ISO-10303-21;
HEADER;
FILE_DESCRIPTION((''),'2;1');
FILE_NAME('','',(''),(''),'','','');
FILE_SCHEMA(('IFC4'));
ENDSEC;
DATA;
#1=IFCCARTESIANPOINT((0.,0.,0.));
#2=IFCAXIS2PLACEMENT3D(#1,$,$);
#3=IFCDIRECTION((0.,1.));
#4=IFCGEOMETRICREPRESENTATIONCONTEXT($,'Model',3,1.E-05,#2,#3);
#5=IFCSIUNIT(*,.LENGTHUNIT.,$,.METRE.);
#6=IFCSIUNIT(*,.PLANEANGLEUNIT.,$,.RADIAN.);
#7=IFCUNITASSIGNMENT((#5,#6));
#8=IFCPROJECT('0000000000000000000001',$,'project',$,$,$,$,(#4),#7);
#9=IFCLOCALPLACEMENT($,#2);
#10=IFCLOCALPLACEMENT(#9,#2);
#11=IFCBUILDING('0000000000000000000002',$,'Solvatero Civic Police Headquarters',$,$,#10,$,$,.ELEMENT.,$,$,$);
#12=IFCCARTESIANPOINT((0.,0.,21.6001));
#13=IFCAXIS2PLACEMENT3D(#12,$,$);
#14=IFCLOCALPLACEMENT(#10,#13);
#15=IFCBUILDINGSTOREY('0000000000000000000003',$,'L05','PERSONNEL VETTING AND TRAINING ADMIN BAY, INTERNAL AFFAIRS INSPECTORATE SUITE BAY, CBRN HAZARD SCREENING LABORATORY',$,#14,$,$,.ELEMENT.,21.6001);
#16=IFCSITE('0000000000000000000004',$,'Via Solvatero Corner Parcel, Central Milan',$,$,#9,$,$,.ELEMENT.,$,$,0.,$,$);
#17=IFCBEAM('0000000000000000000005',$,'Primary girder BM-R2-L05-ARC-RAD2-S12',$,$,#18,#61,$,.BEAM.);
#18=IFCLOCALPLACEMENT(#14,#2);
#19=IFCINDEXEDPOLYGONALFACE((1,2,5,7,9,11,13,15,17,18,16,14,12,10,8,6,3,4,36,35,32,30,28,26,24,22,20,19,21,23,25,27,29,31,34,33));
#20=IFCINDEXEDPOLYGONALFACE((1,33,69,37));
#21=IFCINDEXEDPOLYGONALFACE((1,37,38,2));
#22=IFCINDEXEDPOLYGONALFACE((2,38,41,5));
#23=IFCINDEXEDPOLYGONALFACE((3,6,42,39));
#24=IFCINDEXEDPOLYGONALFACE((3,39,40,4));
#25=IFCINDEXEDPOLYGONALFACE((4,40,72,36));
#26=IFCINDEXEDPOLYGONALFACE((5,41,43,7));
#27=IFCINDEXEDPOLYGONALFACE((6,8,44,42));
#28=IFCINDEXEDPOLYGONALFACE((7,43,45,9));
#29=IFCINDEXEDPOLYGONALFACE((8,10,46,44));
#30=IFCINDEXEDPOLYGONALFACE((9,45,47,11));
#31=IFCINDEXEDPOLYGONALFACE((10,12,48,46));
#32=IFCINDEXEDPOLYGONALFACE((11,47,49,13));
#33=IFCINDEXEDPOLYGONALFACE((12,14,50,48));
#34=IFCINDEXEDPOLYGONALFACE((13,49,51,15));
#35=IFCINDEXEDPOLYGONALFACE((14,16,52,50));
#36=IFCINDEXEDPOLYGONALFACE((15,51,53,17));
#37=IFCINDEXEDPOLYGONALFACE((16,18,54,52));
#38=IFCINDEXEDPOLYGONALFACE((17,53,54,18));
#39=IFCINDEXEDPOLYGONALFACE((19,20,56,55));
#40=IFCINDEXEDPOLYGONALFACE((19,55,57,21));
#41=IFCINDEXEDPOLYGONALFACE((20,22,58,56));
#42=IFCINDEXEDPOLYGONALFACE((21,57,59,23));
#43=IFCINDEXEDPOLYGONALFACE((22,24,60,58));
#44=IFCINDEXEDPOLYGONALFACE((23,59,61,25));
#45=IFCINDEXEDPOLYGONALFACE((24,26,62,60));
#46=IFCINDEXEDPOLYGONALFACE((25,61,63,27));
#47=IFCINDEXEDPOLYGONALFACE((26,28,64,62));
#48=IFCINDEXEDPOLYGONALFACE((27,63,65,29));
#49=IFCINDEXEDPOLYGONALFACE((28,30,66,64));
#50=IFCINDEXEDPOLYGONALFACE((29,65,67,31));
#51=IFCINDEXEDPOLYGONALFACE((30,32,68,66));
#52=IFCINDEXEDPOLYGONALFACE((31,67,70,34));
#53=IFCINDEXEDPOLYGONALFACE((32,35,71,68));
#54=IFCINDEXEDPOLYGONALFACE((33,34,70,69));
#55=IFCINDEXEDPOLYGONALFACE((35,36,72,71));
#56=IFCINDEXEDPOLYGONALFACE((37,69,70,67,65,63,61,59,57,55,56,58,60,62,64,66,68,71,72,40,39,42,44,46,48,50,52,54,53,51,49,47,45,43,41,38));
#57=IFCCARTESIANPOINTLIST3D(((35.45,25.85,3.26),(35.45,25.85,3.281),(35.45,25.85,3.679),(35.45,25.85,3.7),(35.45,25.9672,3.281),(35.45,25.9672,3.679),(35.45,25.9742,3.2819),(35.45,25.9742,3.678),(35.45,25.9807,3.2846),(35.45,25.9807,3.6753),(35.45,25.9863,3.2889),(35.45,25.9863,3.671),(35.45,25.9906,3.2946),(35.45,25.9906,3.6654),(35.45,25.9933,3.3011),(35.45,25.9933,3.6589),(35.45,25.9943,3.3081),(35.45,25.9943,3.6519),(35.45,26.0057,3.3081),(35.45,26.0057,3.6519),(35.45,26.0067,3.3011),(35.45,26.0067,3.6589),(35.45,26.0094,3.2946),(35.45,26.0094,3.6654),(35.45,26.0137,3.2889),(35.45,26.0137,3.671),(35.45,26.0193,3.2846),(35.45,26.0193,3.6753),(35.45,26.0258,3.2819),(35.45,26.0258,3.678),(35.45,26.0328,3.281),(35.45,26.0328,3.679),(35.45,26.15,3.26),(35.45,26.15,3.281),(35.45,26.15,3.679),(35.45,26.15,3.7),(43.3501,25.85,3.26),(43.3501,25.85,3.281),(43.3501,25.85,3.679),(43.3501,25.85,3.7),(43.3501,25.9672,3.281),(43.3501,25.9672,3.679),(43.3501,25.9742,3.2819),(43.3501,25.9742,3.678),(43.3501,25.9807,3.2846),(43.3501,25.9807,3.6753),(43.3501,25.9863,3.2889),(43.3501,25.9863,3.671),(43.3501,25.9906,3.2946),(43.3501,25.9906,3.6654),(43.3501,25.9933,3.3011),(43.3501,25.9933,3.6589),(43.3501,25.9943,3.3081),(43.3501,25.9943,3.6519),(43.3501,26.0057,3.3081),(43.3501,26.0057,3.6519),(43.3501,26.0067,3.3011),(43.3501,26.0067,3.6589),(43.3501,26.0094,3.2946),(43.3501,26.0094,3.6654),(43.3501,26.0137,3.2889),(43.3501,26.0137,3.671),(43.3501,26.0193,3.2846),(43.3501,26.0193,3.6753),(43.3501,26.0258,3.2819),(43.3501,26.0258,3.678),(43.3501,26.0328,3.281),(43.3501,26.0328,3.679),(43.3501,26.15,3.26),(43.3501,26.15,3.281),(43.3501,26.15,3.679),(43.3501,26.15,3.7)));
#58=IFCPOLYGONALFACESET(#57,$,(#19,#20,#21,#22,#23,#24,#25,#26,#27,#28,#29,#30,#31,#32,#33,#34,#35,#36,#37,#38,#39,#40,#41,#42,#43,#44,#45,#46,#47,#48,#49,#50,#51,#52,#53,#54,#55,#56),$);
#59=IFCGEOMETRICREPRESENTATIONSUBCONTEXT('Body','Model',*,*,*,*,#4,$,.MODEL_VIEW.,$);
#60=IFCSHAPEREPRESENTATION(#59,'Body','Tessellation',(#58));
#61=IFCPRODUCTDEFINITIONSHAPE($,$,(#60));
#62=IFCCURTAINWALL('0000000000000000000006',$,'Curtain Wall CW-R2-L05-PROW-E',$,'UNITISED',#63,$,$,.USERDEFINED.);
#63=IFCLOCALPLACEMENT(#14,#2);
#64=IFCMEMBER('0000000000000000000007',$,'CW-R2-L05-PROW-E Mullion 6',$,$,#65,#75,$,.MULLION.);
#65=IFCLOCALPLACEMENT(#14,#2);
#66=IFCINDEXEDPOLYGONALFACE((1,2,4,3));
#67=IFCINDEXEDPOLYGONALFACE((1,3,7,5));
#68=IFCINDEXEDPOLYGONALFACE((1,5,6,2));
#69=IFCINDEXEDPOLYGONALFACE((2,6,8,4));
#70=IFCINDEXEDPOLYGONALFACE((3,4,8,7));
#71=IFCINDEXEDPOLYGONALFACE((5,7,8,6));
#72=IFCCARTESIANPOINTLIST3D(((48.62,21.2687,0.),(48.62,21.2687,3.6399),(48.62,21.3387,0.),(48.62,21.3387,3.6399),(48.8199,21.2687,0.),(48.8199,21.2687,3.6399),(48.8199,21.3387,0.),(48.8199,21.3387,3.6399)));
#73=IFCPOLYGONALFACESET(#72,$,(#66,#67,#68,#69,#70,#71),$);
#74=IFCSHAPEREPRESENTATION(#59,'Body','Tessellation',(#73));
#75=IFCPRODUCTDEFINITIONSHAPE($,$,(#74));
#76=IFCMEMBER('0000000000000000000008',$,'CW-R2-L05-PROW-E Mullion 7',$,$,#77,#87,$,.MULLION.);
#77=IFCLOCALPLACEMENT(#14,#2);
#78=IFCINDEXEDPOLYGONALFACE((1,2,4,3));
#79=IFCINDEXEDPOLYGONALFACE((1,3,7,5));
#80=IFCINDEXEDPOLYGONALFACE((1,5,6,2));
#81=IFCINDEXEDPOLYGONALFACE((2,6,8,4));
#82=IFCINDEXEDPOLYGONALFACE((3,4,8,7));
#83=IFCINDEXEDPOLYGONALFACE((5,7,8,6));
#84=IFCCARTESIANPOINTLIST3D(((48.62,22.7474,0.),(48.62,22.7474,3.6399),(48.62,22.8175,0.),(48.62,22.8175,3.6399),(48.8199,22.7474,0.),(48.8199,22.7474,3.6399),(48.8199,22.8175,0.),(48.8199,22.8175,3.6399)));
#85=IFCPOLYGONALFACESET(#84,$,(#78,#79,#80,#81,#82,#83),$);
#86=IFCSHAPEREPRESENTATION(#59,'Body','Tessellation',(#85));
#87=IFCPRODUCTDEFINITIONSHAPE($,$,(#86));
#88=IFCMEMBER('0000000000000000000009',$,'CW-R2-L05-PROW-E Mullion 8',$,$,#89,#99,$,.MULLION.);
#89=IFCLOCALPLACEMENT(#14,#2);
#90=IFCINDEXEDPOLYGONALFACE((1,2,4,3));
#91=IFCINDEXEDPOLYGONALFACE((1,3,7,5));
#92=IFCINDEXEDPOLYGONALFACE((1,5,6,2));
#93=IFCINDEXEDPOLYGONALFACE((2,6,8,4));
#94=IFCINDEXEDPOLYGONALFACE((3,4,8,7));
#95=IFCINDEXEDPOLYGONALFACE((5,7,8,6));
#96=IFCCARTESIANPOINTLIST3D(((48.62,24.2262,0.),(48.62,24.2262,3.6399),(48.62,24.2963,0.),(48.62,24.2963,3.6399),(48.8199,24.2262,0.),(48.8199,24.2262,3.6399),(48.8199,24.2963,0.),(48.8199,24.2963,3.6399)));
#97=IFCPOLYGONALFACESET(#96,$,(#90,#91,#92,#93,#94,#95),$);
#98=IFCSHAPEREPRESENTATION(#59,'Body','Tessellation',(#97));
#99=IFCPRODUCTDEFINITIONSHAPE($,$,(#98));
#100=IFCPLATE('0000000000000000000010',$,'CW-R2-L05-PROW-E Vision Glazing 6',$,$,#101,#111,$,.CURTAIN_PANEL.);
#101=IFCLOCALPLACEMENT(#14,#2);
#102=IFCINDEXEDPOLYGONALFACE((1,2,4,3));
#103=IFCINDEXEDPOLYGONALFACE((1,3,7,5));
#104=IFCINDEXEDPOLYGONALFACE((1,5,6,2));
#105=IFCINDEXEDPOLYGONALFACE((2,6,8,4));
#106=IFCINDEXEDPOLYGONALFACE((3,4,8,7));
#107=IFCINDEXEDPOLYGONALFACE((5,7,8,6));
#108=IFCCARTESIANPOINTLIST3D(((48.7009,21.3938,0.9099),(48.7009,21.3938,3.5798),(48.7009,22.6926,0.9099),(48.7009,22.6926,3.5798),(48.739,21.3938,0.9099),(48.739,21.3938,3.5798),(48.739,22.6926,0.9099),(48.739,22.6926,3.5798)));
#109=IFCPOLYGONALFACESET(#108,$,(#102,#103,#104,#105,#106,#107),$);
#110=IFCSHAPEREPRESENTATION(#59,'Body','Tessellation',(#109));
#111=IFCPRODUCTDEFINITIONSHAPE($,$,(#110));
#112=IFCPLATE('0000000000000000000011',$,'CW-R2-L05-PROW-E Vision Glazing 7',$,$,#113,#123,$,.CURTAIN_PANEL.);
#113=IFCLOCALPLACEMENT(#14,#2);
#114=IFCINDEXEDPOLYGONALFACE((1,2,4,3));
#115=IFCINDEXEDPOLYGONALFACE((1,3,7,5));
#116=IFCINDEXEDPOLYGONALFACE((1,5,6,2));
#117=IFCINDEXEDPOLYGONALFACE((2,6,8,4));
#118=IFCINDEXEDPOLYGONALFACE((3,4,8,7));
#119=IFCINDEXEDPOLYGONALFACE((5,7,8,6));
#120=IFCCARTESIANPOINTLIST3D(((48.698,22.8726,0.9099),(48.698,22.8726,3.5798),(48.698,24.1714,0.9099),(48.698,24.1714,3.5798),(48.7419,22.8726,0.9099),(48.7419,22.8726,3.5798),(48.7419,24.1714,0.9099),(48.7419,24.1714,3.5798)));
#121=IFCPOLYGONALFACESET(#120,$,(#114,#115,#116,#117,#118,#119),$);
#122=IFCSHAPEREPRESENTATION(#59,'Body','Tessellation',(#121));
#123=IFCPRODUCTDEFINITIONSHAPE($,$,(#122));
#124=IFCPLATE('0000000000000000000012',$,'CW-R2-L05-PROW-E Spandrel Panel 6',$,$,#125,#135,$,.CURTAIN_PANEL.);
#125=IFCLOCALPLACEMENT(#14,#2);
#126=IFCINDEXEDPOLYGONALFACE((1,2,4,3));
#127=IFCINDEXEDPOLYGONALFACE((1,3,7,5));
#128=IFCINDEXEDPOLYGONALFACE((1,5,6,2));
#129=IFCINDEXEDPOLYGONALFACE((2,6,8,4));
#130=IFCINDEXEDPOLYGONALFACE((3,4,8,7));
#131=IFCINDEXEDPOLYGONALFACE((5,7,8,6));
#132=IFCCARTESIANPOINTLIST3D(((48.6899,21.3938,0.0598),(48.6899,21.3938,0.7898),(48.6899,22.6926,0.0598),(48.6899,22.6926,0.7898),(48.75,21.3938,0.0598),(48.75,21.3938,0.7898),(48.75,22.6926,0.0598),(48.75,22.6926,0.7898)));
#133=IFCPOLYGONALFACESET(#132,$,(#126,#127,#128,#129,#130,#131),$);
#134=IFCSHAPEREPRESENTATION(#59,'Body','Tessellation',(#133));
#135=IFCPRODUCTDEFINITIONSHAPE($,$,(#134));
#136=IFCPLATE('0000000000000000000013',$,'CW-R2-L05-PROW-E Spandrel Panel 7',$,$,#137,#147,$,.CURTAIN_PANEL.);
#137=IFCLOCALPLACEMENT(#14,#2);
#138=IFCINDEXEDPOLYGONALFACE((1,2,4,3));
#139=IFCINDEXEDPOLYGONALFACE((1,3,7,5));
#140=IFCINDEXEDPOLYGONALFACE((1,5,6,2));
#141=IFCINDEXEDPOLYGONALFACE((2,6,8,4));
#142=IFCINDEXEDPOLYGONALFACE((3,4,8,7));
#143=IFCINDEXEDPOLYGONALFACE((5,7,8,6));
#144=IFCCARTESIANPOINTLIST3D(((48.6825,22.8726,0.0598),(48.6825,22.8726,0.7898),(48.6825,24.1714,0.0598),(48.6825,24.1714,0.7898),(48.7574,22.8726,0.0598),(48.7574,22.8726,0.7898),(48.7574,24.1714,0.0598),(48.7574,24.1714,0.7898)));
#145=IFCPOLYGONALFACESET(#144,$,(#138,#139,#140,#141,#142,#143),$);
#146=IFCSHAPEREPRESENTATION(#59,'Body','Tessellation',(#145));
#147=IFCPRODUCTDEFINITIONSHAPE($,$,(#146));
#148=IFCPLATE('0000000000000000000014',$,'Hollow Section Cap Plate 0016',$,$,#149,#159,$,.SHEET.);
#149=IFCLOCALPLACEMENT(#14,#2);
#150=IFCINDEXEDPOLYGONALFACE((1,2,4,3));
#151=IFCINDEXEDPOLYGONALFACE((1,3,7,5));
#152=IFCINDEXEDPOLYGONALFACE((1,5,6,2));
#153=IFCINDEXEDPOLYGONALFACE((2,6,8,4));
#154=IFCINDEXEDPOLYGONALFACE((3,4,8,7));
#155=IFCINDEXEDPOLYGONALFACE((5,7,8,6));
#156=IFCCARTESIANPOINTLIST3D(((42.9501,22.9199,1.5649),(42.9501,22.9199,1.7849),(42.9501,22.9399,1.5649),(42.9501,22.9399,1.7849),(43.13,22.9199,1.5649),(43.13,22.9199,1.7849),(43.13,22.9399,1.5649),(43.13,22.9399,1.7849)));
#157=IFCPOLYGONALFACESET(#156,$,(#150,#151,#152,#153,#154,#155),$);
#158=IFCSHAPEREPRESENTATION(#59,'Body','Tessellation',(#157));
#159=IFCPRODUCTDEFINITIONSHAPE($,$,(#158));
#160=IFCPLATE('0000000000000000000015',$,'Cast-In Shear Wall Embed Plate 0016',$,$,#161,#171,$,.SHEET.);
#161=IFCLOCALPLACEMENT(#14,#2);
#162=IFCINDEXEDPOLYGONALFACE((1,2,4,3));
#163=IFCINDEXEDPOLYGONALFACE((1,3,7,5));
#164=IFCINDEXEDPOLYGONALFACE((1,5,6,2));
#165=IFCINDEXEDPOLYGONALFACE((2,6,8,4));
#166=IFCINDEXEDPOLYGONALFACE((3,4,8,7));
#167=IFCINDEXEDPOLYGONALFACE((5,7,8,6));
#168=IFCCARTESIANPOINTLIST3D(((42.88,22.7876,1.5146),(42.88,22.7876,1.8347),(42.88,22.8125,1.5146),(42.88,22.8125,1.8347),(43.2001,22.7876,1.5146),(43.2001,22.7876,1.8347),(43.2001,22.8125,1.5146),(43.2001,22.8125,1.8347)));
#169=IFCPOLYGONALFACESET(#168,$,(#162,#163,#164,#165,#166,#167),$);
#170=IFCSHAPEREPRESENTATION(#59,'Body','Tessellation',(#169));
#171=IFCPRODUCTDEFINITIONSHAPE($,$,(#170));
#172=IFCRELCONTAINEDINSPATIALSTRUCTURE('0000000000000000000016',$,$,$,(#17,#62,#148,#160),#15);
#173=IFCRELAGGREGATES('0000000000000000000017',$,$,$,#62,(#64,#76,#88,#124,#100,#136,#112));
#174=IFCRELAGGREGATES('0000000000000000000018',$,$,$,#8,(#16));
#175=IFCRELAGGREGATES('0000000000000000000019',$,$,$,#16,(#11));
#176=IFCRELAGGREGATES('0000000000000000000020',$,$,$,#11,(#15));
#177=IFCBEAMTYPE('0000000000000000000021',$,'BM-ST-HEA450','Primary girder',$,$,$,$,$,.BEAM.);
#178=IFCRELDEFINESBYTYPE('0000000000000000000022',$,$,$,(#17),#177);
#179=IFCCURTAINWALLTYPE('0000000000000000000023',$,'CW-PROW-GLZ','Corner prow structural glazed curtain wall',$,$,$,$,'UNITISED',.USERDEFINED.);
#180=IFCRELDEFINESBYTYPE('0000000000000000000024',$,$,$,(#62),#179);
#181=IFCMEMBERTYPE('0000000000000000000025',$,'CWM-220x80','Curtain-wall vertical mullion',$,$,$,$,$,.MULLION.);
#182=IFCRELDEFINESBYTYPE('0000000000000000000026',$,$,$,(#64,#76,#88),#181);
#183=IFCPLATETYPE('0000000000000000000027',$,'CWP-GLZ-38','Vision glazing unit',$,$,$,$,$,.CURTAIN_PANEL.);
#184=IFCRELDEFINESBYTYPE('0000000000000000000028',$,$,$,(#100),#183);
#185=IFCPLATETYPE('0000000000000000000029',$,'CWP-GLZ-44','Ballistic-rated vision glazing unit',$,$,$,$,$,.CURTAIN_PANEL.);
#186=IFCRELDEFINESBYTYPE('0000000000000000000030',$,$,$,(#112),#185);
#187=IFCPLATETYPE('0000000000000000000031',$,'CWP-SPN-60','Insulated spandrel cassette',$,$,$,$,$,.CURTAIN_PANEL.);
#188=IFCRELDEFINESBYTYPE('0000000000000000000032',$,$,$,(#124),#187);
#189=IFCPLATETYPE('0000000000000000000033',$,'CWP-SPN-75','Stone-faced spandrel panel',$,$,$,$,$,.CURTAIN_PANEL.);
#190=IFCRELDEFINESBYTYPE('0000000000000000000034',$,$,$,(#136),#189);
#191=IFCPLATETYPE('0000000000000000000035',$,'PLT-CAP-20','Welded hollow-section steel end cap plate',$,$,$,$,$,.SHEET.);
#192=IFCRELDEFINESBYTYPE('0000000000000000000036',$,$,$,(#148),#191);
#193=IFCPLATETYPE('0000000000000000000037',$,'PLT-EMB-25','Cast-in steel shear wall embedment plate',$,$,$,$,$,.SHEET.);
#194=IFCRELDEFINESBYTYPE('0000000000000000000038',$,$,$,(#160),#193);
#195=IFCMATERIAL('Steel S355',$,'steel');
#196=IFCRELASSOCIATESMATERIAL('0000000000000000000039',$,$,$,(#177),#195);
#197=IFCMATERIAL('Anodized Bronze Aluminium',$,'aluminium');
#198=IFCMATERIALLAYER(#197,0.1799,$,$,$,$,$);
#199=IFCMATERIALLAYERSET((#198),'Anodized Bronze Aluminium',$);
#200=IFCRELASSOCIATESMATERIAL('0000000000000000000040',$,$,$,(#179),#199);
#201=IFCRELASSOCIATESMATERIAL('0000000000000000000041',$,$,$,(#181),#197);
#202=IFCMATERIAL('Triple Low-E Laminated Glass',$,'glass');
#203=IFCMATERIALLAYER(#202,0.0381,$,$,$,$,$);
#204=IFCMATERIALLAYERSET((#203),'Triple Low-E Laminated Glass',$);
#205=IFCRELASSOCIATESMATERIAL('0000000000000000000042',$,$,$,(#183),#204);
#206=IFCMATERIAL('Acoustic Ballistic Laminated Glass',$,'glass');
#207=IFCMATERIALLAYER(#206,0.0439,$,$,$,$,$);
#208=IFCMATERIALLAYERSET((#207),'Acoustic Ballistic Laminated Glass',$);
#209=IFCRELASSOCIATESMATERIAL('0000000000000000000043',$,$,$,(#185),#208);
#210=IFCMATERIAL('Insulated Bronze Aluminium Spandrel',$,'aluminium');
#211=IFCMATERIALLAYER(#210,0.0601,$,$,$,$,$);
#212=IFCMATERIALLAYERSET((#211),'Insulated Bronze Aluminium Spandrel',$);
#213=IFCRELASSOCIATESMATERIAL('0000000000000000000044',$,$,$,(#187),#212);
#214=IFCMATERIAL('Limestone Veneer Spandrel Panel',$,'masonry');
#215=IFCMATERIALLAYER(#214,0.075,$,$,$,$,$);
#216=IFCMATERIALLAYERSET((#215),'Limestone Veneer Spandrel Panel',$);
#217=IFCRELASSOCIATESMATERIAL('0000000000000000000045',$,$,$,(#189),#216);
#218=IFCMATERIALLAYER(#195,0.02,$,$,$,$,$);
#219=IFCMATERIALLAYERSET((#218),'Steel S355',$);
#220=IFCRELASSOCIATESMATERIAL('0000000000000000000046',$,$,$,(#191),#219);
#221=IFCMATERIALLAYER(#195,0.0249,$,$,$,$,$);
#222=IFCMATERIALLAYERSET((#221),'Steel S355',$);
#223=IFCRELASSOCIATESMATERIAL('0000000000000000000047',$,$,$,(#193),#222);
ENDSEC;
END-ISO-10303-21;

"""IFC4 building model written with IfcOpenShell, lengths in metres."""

from ifc_helpers import new_model, si_unit, direction, frame, origin, origin_2d, place, context, subcontext, project, spatial, rectangle, i_section, extrude, material, layer, layer_set, material_profile, profile_set, type_object, element, aggregate, save


model = new_model("IFC4")

# Units and contexts
model_context = context("Model", 3, precision=1e-05, world=origin(), true_north=direction((0.0, 1.0)))
body_context = subcontext(model_context, "Body", "Model", "MODEL_VIEW")
ifc_project = project(units=[si_unit("LENGTHUNIT", "METRE"), si_unit("PLANEANGLEUNIT", "RADIAN")], contexts=[model_context])

# Site, building, storey
site_placement = place(None, origin())
site = spatial("IfcSite", under=ifc_project, at=site_placement, Name="Via Solvatero Corner Parcel, Central Milan", CompositionType="ELEMENT", RefElevation=0.0)
building_placement = place(site_placement, origin())
building = spatial("IfcBuilding", under=site, at=building_placement, Name="Solvatero Civic Police Headquarters", CompositionType="ELEMENT")
storey_placement = place(building_placement, frame((0.0, 0.0, 21.6001)))
storey = spatial("IfcBuildingStorey", under=building, at=storey_placement, Name="L05", Description="PERSONNEL VETTING AND TRAINING ADMIN BAY, INTERNAL AFFAIRS INSPECTORATE SUITE BAY, CBRN HAZARD SCREENING LABORATORY", CompositionType="ELEMENT", Elevation=21.6001)

# Shared definitions
ifc_material_1 = material(Name="Steel S355", Category="steel")

# Beam
ifc_material_profile_1 = material_profile(ifc_material_1, i_section(OverallWidth=0.3, OverallDepth=0.4399, WebThickness=0.0115, FlangeThickness=0.021, FilletRadius=0.0271, at=origin_2d()), Name="HEA 450")
ifc_profile_set_1 = profile_set([ifc_material_profile_1], Name="Steel S355")
beam_type_1 = type_object("IfcBeamType", Name="BM-ST-HEA450", Description="Primary girder", PredefinedType="BEAM", material=ifc_profile_set_1)
beam_1_placement = place(storey_placement, frame((43.3501, 26.0, 3.48), z_axis=(-1.0, 0.0, 0.0), x_axis=(0.0, -1.0, 0.0)))
element("IfcBeam", 1, at=beam_1_placement, inside=storey, type_object=beam_type_1, Name="Primary girder BM-R2-L05-ARC-RAD2-S12", PredefinedType="BEAM", context=body_context, shape_type="SweptSolid", body=[
    extrude(i_section(OverallWidth=0.3, OverallDepth=0.4399, WebThickness=0.0115, FlangeThickness=0.021, FilletRadius=0.0271, at=origin_2d()), origin(), (0.0, 0.0, 1.0), 7.9001),
])

# Curtain wall, members, plates
ifc_material_2 = material(Name="Anodized Bronze Aluminium", Category="aluminium")
ifc_layer_1 = layer(ifc_material_2, 0.1799)
ifc_layer_set_1 = layer_set([ifc_layer_1], Name="Anodized Bronze Aluminium")
curtain_wall_type = type_object("IfcCurtainWallType", Name="CW-PROW-GLZ", Description="Corner prow structural glazed curtain wall", ElementType="UNITISED", PredefinedType="USERDEFINED", material=ifc_layer_set_1)
curtain_wall_placement = place(storey_placement, origin())
curtain_wall = element("IfcCurtainWall", 2, at=curtain_wall_placement, inside=storey, type_object=curtain_wall_type, Name="Curtain Wall CW-R2-L05-PROW-E", ObjectType="UNITISED", PredefinedType="USERDEFINED")
ifc_material_profile_2 = material_profile(ifc_material_2, rectangle(XDim=0.0701, YDim=0.2, at=origin_2d()), Name="ALU MULLION 70x200")
ifc_profile_set_2 = profile_set([ifc_material_profile_2], Name="Anodized Bronze Aluminium")
member_type = type_object("IfcMemberType", Name="CWM-220x80", Description="Curtain-wall vertical mullion", PredefinedType="MULLION", material=ifc_profile_set_2)
member_1_placement = place(storey_placement, frame((48.72, 21.3037, 0.0), z_axis=(0.0, 0.0, 1.0), x_axis=(0.0, 1.0, 0.0)))
member_1 = element("IfcMember", 3, at=member_1_placement, type_object=member_type, Name="CW-R2-L05-PROW-E Mullion 6", PredefinedType="MULLION", context=body_context, shape_type="SweptSolid", body=[
    extrude(rectangle(XDim=0.0701, YDim=0.2, at=origin_2d()), origin(), (0.0, 0.0, 1.0), 3.6399),
])
member_2_placement = place(storey_placement, frame((48.72, 22.7825, 0.0), z_axis=(0.0, 0.0, 1.0), x_axis=(0.0, 1.0, 0.0)))
member_2 = element("IfcMember", 4, at=member_2_placement, type_object=member_type, Name="CW-R2-L05-PROW-E Mullion 7", PredefinedType="MULLION", context=body_context, shape_type="SweptSolid", body=[
    extrude(rectangle(XDim=0.0701, YDim=0.2, at=origin_2d()), origin(), (0.0, 0.0, 1.0), 3.6399),
])
member_3_placement = place(storey_placement, frame((48.72, 24.2612, 0.0), z_axis=(0.0, 0.0, 1.0), x_axis=(0.0, 1.0, 0.0)))
member_3 = element("IfcMember", 5, at=member_3_placement, type_object=member_type, Name="CW-R2-L05-PROW-E Mullion 8", PredefinedType="MULLION", context=body_context, shape_type="SweptSolid", body=[
    extrude(rectangle(XDim=0.0701, YDim=0.2, at=origin_2d()), origin(), (0.0, 0.0, 1.0), 3.6399),
])
ifc_material_3 = material(Name="Triple Low-E Laminated Glass", Category="glass")
ifc_layer_2 = layer(ifc_material_3, 0.0381)
ifc_layer_set_2 = layer_set([ifc_layer_2], Name="Triple Low-E Laminated Glass")
plate_type_1 = type_object("IfcPlateType", Name="CWP-GLZ-38", Description="Vision glazing unit", PredefinedType="CURTAIN_PANEL", material=ifc_layer_set_2)
plate_1_placement = place(storey_placement, frame((48.72, 22.0432, 0.9099), z_axis=(0.0, 0.0, 1.0), x_axis=(0.0, 1.0, 0.0)))
plate_1 = element("IfcPlate", 6, at=plate_1_placement, type_object=plate_type_1, Name="CW-R2-L05-PROW-E Vision Glazing 6", PredefinedType="CURTAIN_PANEL", context=body_context, shape_type="SweptSolid", body=[
    extrude(rectangle(XDim=1.2988, YDim=0.0381, at=origin_2d()), origin(), (0.0, 0.0, 1.0), 2.6699),
])
ifc_material_4 = material(Name="Acoustic Ballistic Laminated Glass", Category="glass")
ifc_layer_3 = layer(ifc_material_4, 0.0439)
ifc_layer_set_3 = layer_set([ifc_layer_3], Name="Acoustic Ballistic Laminated Glass")
plate_type_2 = type_object("IfcPlateType", Name="CWP-GLZ-44", Description="Ballistic-rated vision glazing unit", PredefinedType="CURTAIN_PANEL", material=ifc_layer_set_3)
plate_2_placement = place(storey_placement, frame((48.72, 23.522, 0.9099), z_axis=(0.0, 0.0, 1.0), x_axis=(0.0, 1.0, 0.0)))
plate_2 = element("IfcPlate", 7, at=plate_2_placement, type_object=plate_type_2, Name="CW-R2-L05-PROW-E Vision Glazing 7", PredefinedType="CURTAIN_PANEL", context=body_context, shape_type="SweptSolid", body=[
    extrude(rectangle(XDim=1.2988, YDim=0.0439, at=origin_2d()), origin(), (0.0, 0.0, 1.0), 2.6699),
])
ifc_material_5 = material(Name="Insulated Bronze Aluminium Spandrel", Category="aluminium")
ifc_layer_4 = layer(ifc_material_5, 0.0601)
ifc_layer_set_4 = layer_set([ifc_layer_4], Name="Insulated Bronze Aluminium Spandrel")
plate_type_3 = type_object("IfcPlateType", Name="CWP-SPN-60", Description="Insulated spandrel cassette", PredefinedType="CURTAIN_PANEL", material=ifc_layer_set_4)
plate_3_placement = place(storey_placement, frame((48.72, 22.0432, 0.0598), z_axis=(0.0, 0.0, 1.0), x_axis=(0.0, 1.0, 0.0)))
plate_3 = element("IfcPlate", 8, at=plate_3_placement, type_object=plate_type_3, Name="CW-R2-L05-PROW-E Spandrel Panel 6", PredefinedType="CURTAIN_PANEL", context=body_context, shape_type="SweptSolid", body=[
    extrude(rectangle(XDim=1.2988, YDim=0.0601, at=origin_2d()), origin(), (0.0, 0.0, 1.0), 0.73),
])
ifc_material_6 = material(Name="Limestone Veneer Spandrel Panel", Category="masonry")
ifc_layer_5 = layer(ifc_material_6, 0.075)
ifc_layer_set_5 = layer_set([ifc_layer_5], Name="Limestone Veneer Spandrel Panel")
plate_type_4 = type_object("IfcPlateType", Name="CWP-SPN-75", Description="Stone-faced spandrel panel", PredefinedType="CURTAIN_PANEL", material=ifc_layer_set_5)
plate_4_placement = place(storey_placement, frame((48.72, 23.522, 0.0598), z_axis=(0.0, 0.0, 1.0), x_axis=(0.0, 1.0, 0.0)))
plate_4 = element("IfcPlate", 9, at=plate_4_placement, type_object=plate_type_4, Name="CW-R2-L05-PROW-E Spandrel Panel 7", PredefinedType="CURTAIN_PANEL", context=body_context, shape_type="SweptSolid", body=[
    extrude(rectangle(XDim=1.2988, YDim=0.075, at=origin_2d()), origin(), (0.0, 0.0, 1.0), 0.73),
])
aggregate(curtain_wall, [member_1, member_2, member_3, plate_3, plate_1, plate_4, plate_2])

# Plates
ifc_layer_6 = layer(ifc_material_1, 0.02)
ifc_layer_set_6 = layer_set([ifc_layer_6], Name="Steel S355")
plate_type_5 = type_object("IfcPlateType", Name="PLT-CAP-20", Description="Welded hollow-section steel end cap plate", PredefinedType="SHEET", material=ifc_layer_set_6)
plate_5_placement = place(storey_placement, frame((43.04, 22.9299, 1.5649), z_axis=(0.0, 0.0, 1.0), x_axis=(1.0, 0.0, 0.0)))
element("IfcPlate", 10, at=plate_5_placement, inside=storey, type_object=plate_type_5, Name="Hollow Section Cap Plate 0016", PredefinedType="SHEET", context=body_context, shape_type="SweptSolid", body=[
    extrude(rectangle(XDim=0.1799, YDim=0.02, at=origin_2d()), origin(), (0.0, 0.0, 1.0), 0.22),
])
ifc_layer_7 = layer(ifc_material_1, 0.0249)
ifc_layer_set_7 = layer_set([ifc_layer_7], Name="Steel S355")
plate_type_6 = type_object("IfcPlateType", Name="PLT-EMB-25", Description="Cast-in steel shear wall embedment plate", PredefinedType="SHEET", material=ifc_layer_set_7)
plate_6_placement = place(storey_placement, frame((43.04, 22.8, 1.5146), z_axis=(0.0, 0.0, 1.0), x_axis=(1.0, 0.0, 0.0)))
element("IfcPlate", 11, at=plate_6_placement, inside=storey, type_object=plate_type_6, Name="Cast-In Shear Wall Embed Plate 0016", PredefinedType="SHEET", context=body_context, shape_type="SweptSolid", body=[
    extrude(rectangle(XDim=0.3201, YDim=0.0249, at=origin_2d()), origin(), (0.0, 0.0, 1.0), 0.3201),
])

save(model, "model.ifc")
